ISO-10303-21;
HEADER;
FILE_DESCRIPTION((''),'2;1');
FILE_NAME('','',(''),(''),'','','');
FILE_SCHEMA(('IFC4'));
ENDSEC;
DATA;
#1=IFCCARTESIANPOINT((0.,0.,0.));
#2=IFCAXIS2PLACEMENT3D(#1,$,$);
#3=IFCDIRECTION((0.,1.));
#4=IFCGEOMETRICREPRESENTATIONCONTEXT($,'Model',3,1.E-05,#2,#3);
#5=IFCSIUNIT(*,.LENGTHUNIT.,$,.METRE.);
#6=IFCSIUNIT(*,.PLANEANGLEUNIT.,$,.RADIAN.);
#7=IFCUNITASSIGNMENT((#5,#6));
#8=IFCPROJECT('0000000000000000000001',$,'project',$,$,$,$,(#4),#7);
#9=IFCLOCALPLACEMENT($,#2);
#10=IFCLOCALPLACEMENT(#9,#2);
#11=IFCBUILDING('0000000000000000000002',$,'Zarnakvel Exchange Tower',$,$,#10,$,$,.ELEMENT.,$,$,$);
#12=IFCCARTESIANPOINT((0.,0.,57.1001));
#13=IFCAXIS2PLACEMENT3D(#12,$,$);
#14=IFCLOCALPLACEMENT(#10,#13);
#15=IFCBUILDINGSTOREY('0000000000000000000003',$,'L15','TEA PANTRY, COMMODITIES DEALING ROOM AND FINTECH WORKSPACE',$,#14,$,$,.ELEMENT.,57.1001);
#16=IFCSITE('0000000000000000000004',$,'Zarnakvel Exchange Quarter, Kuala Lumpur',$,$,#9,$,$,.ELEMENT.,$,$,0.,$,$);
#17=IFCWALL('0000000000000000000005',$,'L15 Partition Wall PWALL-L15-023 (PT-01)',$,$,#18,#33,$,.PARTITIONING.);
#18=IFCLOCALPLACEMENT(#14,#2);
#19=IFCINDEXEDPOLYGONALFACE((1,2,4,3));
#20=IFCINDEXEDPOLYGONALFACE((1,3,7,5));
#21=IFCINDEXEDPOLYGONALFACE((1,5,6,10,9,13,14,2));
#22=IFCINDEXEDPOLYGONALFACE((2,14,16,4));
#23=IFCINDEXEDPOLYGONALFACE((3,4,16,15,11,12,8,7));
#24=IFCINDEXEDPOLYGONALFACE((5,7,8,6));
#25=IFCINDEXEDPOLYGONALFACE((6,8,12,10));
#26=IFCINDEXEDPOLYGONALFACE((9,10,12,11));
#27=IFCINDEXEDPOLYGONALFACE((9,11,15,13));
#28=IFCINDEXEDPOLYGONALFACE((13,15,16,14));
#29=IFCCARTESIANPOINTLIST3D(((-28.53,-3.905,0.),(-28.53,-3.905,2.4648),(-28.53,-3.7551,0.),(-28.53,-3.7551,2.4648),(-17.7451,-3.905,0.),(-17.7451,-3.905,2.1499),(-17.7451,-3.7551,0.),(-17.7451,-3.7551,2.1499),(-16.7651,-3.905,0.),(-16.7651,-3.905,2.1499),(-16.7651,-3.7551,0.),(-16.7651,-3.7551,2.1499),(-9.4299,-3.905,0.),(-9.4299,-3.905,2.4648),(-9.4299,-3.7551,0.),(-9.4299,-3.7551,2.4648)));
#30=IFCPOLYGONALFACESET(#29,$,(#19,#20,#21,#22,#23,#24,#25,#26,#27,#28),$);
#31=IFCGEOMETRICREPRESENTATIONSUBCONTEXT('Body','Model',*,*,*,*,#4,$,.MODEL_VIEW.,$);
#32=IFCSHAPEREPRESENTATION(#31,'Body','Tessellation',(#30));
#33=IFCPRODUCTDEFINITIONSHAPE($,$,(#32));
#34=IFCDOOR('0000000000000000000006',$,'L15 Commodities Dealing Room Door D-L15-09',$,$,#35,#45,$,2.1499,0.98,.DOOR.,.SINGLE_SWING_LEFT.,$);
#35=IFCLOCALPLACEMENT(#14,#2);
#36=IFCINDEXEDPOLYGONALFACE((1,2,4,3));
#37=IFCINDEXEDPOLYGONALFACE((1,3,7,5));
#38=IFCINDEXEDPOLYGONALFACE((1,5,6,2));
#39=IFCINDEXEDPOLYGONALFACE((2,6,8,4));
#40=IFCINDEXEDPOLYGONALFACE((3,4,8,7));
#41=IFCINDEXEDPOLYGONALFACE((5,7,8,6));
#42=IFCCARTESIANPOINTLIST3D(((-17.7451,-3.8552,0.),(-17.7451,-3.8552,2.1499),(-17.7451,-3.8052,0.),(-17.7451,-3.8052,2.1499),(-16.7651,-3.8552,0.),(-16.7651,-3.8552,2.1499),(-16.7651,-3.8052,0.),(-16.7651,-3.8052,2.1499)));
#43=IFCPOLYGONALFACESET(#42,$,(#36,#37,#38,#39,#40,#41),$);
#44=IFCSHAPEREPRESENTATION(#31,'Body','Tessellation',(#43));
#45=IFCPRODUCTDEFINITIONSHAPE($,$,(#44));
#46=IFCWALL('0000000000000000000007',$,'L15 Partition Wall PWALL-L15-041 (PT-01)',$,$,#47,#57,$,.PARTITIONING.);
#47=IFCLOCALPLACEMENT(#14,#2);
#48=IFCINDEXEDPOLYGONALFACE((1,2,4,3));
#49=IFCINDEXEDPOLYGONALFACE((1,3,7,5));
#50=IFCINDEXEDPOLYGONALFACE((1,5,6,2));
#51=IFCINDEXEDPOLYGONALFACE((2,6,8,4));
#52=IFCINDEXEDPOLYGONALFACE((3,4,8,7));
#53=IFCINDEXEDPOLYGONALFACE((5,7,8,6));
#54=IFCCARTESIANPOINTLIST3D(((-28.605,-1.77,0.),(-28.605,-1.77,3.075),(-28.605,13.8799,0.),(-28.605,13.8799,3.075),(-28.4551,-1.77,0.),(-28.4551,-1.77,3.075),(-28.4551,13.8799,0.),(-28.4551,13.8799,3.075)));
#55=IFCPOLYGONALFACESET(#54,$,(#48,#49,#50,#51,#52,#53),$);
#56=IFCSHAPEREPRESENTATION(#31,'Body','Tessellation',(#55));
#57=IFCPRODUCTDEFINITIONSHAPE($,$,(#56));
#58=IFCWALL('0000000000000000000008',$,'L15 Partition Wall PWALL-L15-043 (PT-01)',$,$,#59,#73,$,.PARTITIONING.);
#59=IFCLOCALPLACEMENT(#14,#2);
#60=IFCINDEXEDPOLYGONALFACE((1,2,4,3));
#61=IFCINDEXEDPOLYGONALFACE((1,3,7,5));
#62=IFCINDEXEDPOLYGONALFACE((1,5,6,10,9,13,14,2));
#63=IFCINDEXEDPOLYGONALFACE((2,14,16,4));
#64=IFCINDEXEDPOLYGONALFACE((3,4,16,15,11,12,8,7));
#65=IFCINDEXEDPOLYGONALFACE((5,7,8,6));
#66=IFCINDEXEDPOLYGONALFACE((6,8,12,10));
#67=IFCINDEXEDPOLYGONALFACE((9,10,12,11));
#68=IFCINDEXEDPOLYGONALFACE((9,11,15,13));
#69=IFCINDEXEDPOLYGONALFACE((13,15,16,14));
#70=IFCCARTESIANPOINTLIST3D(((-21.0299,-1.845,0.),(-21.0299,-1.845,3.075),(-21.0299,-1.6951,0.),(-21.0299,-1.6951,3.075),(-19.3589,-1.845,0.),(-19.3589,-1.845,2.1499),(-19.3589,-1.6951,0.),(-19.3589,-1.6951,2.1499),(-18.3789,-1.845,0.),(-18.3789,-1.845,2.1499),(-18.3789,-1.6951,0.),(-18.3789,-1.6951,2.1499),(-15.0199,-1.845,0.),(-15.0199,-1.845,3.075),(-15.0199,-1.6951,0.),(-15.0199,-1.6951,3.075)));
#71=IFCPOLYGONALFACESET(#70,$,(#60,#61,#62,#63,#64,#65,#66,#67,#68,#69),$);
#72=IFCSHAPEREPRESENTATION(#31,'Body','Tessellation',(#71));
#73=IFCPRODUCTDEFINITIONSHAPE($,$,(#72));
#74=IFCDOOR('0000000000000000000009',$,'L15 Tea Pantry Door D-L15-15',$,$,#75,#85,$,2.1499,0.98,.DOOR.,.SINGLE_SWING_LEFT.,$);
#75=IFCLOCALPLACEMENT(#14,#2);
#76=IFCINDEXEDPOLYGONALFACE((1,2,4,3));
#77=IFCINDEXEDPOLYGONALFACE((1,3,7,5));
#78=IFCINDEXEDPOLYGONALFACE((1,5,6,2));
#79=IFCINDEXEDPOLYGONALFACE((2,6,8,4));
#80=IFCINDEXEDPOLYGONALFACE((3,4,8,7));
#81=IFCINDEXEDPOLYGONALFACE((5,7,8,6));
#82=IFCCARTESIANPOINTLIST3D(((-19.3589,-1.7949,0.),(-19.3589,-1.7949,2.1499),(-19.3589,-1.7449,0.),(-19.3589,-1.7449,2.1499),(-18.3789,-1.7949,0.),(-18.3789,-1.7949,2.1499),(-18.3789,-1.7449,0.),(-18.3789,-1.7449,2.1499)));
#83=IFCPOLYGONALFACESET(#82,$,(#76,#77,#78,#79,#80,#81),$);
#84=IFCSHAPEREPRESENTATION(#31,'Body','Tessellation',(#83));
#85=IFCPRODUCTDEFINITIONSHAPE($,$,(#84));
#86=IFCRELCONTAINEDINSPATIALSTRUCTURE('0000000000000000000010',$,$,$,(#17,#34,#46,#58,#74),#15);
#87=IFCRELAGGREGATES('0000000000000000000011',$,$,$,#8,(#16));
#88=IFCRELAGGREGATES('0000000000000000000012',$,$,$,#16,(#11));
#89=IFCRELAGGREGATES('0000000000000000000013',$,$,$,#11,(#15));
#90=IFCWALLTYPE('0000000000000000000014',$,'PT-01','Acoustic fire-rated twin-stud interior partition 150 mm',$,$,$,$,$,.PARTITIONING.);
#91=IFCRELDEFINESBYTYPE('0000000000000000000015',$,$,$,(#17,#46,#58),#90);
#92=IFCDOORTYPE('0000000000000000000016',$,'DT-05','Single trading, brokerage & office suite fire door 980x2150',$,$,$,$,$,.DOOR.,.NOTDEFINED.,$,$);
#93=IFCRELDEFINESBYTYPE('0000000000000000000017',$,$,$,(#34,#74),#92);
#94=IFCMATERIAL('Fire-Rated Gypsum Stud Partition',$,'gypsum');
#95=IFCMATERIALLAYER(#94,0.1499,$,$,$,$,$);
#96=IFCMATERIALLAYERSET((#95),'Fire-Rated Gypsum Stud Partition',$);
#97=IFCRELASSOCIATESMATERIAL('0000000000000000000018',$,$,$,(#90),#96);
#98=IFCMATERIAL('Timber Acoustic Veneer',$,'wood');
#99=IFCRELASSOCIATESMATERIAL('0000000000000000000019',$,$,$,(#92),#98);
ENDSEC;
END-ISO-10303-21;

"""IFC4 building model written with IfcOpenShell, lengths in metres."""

from ifc_helpers import new_model, si_unit, direction, frame, frame_2d, origin, place, context, subcontext, project, spatial, rectangle, extrude, source, transform, mapped, material, layer, layer_set, type_object, element, fill, save


model = new_model("IFC4")

# Units and contexts
model_context = context("Model", 3, precision=1e-05, world=origin(), true_north=direction((0.0, 1.0)))
body_context = subcontext(model_context, "Body", "Model", "MODEL_VIEW")
ifc_project = project(units=[si_unit("LENGTHUNIT", "METRE"), si_unit("PLANEANGLEUNIT", "RADIAN")], contexts=[model_context])

# Site, building, storey
site_placement = place(None, origin())
site = spatial("IfcSite", under=ifc_project, at=site_placement, Name="Zarnakvel Exchange Quarter, Kuala Lumpur", CompositionType="ELEMENT", RefElevation=0.0)
building_placement = place(site_placement, origin())
building = spatial("IfcBuilding", under=site, at=building_placement, Name="Zarnakvel Exchange Tower", CompositionType="ELEMENT")
storey_placement = place(building_placement, frame((0.0, 0.0, 57.1001)))
storey = spatial("IfcBuildingStorey", under=building, at=storey_placement, Name="L15", Description="TEA PANTRY, COMMODITIES DEALING ROOM AND FINTECH WORKSPACE", CompositionType="ELEMENT", Elevation=57.1001)

# Wall, opening, door
ifc_material_1 = material(Name="Fire-Rated Gypsum Stud Partition", Category="gypsum")
ifc_layer_1 = layer(ifc_material_1, 0.1499)
ifc_layer_set_1 = layer_set([ifc_layer_1], Name="Fire-Rated Gypsum Stud Partition")
wall_type = type_object("IfcWallType", Name="PT-01", Description="Acoustic fire-rated twin-stud interior partition 150 mm", PredefinedType="PARTITIONING", material=ifc_layer_set_1)
wall_1_placement = place(storey_placement, frame((-28.53, -3.8301, 0.0), z_axis=(0.0, 0.0, 1.0), x_axis=(1.0, 0.0, 0.0)))
wall_1 = element("IfcWall", 1, at=wall_1_placement, inside=storey, type_object=wall_type, Name="L15 Partition Wall PWALL-L15-023 (PT-01)", PredefinedType="PARTITIONING", context=body_context, shape_type="SweptSolid", body=[
    extrude(rectangle(XDim=19.1001, YDim=0.1499, at=frame_2d((9.55, 0.0))), origin(), (0.0, 0.0, 1.0), 2.4648),
])
opening_1_placement = place(wall_1_placement, frame((10.7849, 0.0, 0.0)))
opening_1 = element("IfcOpeningElement", 2, at=opening_1_placement, cuts=wall_1, PredefinedType="OPENING", context=body_context, shape_type="SweptSolid", body=[
    extrude(rectangle(XDim=0.98, YDim=2.1499, at=frame_2d((0.49, 1.075))), frame((0.0, 0.085, 0.0), z_axis=(0.0, -1.0, 0.0), x_axis=(1.0, 0.0, 0.0)), (0.0, 0.0, 1.0), 0.1699),
])
ifc_material_2 = material(Name="Timber Acoustic Veneer", Category="wood")
door_type = type_object("IfcDoorType", Name="DT-05", Description="Single trading, brokerage & office suite fire door 980x2150", OperationType="NOTDEFINED", PredefinedType="DOOR", material=ifc_material_2)
shared_shape_1 = source(origin(), body_context, "Body", "SweptSolid", [
    extrude(rectangle(XDim=0.98, YDim=2.1499, at=frame_2d((0.49, 1.075))), frame((0.0, 0.0249, 0.0), z_axis=(0.0, -1.0, 0.0), x_axis=(1.0, 0.0, 0.0)), (0.0, 0.0, 1.0), 0.05),
])
door_1_placement = place(opening_1_placement, origin())
door_1 = element("IfcDoor", 3, at=door_1_placement, inside=storey, type_object=door_type, Name="L15 Commodities Dealing Room Door D-L15-09", OperationType="SINGLE_SWING_LEFT", OverallHeight=2.1499, OverallWidth=0.98, PredefinedType="DOOR", context=body_context, shape_type="MappedRepresentation", body=[
    mapped(shared_shape_1, transform((0.0, 0.0, 0.0), x_axis=(1.0, 0.0, 0.0), y_axis=(0.0, 1.0, 0.0), z_axis=(0.0, 0.0, 1.0), scale=1.0)),
])
fill(opening_1, door_1)

# Wall
wall_2_placement = place(storey_placement, frame((-28.53, -1.77, 0.0), z_axis=(0.0, 0.0, 1.0), x_axis=(0.0, 1.0, 0.0)))
element("IfcWall", 4, at=wall_2_placement, inside=storey, type_object=wall_type, Name="L15 Partition Wall PWALL-L15-041 (PT-01)", PredefinedType="PARTITIONING", context=body_context, shape_type="SweptSolid", body=[
    extrude(rectangle(XDim=15.6499, YDim=0.1499, at=frame_2d((7.825, 0.0))), origin(), (0.0, 0.0, 1.0), 3.075),
])

# Wall, opening, door
wall_3_placement = place(storey_placement, frame((-15.02, -1.77, 0.0), z_axis=(0.0, 0.0, 1.0), x_axis=(-1.0, 0.0, 0.0)))
wall_3 = element("IfcWall", 5, at=wall_3_placement, inside=storey, type_object=wall_type, Name="L15 Partition Wall PWALL-L15-043 (PT-01)", PredefinedType="PARTITIONING", context=body_context, shape_type="SweptSolid", body=[
    extrude(rectangle(XDim=6.01, YDim=0.1499, at=frame_2d((3.0049, 0.0))), origin(), (0.0, 0.0, 1.0), 3.075),
])
opening_2_placement = place(wall_3_placement, frame((3.3589, 0.0, 0.0)))
opening_2 = element("IfcOpeningElement", 6, at=opening_2_placement, cuts=wall_3, PredefinedType="OPENING", context=body_context, shape_type="SweptSolid", body=[
    extrude(rectangle(XDim=0.98, YDim=2.1499, at=frame_2d((0.49, 1.075))), frame((0.0, 0.085, 0.0), z_axis=(0.0, -1.0, 0.0), x_axis=(1.0, 0.0, 0.0)), (0.0, 0.0, 1.0), 0.1699),
])
door_2_placement = place(opening_2_placement, origin())
door_2 = element("IfcDoor", 7, at=door_2_placement, inside=storey, type_object=door_type, Name="L15 Tea Pantry Door D-L15-15", OperationType="SINGLE_SWING_LEFT", OverallHeight=2.1499, OverallWidth=0.98, PredefinedType="DOOR", context=body_context, shape_type="MappedRepresentation", body=[
    mapped(shared_shape_1, transform((0.0, 0.0, 0.0), x_axis=(1.0, 0.0, 0.0), y_axis=(0.0, 1.0, 0.0), z_axis=(0.0, 0.0, 1.0), scale=1.0)),
])
fill(opening_2, door_2)

save(model, "model.ifc")
